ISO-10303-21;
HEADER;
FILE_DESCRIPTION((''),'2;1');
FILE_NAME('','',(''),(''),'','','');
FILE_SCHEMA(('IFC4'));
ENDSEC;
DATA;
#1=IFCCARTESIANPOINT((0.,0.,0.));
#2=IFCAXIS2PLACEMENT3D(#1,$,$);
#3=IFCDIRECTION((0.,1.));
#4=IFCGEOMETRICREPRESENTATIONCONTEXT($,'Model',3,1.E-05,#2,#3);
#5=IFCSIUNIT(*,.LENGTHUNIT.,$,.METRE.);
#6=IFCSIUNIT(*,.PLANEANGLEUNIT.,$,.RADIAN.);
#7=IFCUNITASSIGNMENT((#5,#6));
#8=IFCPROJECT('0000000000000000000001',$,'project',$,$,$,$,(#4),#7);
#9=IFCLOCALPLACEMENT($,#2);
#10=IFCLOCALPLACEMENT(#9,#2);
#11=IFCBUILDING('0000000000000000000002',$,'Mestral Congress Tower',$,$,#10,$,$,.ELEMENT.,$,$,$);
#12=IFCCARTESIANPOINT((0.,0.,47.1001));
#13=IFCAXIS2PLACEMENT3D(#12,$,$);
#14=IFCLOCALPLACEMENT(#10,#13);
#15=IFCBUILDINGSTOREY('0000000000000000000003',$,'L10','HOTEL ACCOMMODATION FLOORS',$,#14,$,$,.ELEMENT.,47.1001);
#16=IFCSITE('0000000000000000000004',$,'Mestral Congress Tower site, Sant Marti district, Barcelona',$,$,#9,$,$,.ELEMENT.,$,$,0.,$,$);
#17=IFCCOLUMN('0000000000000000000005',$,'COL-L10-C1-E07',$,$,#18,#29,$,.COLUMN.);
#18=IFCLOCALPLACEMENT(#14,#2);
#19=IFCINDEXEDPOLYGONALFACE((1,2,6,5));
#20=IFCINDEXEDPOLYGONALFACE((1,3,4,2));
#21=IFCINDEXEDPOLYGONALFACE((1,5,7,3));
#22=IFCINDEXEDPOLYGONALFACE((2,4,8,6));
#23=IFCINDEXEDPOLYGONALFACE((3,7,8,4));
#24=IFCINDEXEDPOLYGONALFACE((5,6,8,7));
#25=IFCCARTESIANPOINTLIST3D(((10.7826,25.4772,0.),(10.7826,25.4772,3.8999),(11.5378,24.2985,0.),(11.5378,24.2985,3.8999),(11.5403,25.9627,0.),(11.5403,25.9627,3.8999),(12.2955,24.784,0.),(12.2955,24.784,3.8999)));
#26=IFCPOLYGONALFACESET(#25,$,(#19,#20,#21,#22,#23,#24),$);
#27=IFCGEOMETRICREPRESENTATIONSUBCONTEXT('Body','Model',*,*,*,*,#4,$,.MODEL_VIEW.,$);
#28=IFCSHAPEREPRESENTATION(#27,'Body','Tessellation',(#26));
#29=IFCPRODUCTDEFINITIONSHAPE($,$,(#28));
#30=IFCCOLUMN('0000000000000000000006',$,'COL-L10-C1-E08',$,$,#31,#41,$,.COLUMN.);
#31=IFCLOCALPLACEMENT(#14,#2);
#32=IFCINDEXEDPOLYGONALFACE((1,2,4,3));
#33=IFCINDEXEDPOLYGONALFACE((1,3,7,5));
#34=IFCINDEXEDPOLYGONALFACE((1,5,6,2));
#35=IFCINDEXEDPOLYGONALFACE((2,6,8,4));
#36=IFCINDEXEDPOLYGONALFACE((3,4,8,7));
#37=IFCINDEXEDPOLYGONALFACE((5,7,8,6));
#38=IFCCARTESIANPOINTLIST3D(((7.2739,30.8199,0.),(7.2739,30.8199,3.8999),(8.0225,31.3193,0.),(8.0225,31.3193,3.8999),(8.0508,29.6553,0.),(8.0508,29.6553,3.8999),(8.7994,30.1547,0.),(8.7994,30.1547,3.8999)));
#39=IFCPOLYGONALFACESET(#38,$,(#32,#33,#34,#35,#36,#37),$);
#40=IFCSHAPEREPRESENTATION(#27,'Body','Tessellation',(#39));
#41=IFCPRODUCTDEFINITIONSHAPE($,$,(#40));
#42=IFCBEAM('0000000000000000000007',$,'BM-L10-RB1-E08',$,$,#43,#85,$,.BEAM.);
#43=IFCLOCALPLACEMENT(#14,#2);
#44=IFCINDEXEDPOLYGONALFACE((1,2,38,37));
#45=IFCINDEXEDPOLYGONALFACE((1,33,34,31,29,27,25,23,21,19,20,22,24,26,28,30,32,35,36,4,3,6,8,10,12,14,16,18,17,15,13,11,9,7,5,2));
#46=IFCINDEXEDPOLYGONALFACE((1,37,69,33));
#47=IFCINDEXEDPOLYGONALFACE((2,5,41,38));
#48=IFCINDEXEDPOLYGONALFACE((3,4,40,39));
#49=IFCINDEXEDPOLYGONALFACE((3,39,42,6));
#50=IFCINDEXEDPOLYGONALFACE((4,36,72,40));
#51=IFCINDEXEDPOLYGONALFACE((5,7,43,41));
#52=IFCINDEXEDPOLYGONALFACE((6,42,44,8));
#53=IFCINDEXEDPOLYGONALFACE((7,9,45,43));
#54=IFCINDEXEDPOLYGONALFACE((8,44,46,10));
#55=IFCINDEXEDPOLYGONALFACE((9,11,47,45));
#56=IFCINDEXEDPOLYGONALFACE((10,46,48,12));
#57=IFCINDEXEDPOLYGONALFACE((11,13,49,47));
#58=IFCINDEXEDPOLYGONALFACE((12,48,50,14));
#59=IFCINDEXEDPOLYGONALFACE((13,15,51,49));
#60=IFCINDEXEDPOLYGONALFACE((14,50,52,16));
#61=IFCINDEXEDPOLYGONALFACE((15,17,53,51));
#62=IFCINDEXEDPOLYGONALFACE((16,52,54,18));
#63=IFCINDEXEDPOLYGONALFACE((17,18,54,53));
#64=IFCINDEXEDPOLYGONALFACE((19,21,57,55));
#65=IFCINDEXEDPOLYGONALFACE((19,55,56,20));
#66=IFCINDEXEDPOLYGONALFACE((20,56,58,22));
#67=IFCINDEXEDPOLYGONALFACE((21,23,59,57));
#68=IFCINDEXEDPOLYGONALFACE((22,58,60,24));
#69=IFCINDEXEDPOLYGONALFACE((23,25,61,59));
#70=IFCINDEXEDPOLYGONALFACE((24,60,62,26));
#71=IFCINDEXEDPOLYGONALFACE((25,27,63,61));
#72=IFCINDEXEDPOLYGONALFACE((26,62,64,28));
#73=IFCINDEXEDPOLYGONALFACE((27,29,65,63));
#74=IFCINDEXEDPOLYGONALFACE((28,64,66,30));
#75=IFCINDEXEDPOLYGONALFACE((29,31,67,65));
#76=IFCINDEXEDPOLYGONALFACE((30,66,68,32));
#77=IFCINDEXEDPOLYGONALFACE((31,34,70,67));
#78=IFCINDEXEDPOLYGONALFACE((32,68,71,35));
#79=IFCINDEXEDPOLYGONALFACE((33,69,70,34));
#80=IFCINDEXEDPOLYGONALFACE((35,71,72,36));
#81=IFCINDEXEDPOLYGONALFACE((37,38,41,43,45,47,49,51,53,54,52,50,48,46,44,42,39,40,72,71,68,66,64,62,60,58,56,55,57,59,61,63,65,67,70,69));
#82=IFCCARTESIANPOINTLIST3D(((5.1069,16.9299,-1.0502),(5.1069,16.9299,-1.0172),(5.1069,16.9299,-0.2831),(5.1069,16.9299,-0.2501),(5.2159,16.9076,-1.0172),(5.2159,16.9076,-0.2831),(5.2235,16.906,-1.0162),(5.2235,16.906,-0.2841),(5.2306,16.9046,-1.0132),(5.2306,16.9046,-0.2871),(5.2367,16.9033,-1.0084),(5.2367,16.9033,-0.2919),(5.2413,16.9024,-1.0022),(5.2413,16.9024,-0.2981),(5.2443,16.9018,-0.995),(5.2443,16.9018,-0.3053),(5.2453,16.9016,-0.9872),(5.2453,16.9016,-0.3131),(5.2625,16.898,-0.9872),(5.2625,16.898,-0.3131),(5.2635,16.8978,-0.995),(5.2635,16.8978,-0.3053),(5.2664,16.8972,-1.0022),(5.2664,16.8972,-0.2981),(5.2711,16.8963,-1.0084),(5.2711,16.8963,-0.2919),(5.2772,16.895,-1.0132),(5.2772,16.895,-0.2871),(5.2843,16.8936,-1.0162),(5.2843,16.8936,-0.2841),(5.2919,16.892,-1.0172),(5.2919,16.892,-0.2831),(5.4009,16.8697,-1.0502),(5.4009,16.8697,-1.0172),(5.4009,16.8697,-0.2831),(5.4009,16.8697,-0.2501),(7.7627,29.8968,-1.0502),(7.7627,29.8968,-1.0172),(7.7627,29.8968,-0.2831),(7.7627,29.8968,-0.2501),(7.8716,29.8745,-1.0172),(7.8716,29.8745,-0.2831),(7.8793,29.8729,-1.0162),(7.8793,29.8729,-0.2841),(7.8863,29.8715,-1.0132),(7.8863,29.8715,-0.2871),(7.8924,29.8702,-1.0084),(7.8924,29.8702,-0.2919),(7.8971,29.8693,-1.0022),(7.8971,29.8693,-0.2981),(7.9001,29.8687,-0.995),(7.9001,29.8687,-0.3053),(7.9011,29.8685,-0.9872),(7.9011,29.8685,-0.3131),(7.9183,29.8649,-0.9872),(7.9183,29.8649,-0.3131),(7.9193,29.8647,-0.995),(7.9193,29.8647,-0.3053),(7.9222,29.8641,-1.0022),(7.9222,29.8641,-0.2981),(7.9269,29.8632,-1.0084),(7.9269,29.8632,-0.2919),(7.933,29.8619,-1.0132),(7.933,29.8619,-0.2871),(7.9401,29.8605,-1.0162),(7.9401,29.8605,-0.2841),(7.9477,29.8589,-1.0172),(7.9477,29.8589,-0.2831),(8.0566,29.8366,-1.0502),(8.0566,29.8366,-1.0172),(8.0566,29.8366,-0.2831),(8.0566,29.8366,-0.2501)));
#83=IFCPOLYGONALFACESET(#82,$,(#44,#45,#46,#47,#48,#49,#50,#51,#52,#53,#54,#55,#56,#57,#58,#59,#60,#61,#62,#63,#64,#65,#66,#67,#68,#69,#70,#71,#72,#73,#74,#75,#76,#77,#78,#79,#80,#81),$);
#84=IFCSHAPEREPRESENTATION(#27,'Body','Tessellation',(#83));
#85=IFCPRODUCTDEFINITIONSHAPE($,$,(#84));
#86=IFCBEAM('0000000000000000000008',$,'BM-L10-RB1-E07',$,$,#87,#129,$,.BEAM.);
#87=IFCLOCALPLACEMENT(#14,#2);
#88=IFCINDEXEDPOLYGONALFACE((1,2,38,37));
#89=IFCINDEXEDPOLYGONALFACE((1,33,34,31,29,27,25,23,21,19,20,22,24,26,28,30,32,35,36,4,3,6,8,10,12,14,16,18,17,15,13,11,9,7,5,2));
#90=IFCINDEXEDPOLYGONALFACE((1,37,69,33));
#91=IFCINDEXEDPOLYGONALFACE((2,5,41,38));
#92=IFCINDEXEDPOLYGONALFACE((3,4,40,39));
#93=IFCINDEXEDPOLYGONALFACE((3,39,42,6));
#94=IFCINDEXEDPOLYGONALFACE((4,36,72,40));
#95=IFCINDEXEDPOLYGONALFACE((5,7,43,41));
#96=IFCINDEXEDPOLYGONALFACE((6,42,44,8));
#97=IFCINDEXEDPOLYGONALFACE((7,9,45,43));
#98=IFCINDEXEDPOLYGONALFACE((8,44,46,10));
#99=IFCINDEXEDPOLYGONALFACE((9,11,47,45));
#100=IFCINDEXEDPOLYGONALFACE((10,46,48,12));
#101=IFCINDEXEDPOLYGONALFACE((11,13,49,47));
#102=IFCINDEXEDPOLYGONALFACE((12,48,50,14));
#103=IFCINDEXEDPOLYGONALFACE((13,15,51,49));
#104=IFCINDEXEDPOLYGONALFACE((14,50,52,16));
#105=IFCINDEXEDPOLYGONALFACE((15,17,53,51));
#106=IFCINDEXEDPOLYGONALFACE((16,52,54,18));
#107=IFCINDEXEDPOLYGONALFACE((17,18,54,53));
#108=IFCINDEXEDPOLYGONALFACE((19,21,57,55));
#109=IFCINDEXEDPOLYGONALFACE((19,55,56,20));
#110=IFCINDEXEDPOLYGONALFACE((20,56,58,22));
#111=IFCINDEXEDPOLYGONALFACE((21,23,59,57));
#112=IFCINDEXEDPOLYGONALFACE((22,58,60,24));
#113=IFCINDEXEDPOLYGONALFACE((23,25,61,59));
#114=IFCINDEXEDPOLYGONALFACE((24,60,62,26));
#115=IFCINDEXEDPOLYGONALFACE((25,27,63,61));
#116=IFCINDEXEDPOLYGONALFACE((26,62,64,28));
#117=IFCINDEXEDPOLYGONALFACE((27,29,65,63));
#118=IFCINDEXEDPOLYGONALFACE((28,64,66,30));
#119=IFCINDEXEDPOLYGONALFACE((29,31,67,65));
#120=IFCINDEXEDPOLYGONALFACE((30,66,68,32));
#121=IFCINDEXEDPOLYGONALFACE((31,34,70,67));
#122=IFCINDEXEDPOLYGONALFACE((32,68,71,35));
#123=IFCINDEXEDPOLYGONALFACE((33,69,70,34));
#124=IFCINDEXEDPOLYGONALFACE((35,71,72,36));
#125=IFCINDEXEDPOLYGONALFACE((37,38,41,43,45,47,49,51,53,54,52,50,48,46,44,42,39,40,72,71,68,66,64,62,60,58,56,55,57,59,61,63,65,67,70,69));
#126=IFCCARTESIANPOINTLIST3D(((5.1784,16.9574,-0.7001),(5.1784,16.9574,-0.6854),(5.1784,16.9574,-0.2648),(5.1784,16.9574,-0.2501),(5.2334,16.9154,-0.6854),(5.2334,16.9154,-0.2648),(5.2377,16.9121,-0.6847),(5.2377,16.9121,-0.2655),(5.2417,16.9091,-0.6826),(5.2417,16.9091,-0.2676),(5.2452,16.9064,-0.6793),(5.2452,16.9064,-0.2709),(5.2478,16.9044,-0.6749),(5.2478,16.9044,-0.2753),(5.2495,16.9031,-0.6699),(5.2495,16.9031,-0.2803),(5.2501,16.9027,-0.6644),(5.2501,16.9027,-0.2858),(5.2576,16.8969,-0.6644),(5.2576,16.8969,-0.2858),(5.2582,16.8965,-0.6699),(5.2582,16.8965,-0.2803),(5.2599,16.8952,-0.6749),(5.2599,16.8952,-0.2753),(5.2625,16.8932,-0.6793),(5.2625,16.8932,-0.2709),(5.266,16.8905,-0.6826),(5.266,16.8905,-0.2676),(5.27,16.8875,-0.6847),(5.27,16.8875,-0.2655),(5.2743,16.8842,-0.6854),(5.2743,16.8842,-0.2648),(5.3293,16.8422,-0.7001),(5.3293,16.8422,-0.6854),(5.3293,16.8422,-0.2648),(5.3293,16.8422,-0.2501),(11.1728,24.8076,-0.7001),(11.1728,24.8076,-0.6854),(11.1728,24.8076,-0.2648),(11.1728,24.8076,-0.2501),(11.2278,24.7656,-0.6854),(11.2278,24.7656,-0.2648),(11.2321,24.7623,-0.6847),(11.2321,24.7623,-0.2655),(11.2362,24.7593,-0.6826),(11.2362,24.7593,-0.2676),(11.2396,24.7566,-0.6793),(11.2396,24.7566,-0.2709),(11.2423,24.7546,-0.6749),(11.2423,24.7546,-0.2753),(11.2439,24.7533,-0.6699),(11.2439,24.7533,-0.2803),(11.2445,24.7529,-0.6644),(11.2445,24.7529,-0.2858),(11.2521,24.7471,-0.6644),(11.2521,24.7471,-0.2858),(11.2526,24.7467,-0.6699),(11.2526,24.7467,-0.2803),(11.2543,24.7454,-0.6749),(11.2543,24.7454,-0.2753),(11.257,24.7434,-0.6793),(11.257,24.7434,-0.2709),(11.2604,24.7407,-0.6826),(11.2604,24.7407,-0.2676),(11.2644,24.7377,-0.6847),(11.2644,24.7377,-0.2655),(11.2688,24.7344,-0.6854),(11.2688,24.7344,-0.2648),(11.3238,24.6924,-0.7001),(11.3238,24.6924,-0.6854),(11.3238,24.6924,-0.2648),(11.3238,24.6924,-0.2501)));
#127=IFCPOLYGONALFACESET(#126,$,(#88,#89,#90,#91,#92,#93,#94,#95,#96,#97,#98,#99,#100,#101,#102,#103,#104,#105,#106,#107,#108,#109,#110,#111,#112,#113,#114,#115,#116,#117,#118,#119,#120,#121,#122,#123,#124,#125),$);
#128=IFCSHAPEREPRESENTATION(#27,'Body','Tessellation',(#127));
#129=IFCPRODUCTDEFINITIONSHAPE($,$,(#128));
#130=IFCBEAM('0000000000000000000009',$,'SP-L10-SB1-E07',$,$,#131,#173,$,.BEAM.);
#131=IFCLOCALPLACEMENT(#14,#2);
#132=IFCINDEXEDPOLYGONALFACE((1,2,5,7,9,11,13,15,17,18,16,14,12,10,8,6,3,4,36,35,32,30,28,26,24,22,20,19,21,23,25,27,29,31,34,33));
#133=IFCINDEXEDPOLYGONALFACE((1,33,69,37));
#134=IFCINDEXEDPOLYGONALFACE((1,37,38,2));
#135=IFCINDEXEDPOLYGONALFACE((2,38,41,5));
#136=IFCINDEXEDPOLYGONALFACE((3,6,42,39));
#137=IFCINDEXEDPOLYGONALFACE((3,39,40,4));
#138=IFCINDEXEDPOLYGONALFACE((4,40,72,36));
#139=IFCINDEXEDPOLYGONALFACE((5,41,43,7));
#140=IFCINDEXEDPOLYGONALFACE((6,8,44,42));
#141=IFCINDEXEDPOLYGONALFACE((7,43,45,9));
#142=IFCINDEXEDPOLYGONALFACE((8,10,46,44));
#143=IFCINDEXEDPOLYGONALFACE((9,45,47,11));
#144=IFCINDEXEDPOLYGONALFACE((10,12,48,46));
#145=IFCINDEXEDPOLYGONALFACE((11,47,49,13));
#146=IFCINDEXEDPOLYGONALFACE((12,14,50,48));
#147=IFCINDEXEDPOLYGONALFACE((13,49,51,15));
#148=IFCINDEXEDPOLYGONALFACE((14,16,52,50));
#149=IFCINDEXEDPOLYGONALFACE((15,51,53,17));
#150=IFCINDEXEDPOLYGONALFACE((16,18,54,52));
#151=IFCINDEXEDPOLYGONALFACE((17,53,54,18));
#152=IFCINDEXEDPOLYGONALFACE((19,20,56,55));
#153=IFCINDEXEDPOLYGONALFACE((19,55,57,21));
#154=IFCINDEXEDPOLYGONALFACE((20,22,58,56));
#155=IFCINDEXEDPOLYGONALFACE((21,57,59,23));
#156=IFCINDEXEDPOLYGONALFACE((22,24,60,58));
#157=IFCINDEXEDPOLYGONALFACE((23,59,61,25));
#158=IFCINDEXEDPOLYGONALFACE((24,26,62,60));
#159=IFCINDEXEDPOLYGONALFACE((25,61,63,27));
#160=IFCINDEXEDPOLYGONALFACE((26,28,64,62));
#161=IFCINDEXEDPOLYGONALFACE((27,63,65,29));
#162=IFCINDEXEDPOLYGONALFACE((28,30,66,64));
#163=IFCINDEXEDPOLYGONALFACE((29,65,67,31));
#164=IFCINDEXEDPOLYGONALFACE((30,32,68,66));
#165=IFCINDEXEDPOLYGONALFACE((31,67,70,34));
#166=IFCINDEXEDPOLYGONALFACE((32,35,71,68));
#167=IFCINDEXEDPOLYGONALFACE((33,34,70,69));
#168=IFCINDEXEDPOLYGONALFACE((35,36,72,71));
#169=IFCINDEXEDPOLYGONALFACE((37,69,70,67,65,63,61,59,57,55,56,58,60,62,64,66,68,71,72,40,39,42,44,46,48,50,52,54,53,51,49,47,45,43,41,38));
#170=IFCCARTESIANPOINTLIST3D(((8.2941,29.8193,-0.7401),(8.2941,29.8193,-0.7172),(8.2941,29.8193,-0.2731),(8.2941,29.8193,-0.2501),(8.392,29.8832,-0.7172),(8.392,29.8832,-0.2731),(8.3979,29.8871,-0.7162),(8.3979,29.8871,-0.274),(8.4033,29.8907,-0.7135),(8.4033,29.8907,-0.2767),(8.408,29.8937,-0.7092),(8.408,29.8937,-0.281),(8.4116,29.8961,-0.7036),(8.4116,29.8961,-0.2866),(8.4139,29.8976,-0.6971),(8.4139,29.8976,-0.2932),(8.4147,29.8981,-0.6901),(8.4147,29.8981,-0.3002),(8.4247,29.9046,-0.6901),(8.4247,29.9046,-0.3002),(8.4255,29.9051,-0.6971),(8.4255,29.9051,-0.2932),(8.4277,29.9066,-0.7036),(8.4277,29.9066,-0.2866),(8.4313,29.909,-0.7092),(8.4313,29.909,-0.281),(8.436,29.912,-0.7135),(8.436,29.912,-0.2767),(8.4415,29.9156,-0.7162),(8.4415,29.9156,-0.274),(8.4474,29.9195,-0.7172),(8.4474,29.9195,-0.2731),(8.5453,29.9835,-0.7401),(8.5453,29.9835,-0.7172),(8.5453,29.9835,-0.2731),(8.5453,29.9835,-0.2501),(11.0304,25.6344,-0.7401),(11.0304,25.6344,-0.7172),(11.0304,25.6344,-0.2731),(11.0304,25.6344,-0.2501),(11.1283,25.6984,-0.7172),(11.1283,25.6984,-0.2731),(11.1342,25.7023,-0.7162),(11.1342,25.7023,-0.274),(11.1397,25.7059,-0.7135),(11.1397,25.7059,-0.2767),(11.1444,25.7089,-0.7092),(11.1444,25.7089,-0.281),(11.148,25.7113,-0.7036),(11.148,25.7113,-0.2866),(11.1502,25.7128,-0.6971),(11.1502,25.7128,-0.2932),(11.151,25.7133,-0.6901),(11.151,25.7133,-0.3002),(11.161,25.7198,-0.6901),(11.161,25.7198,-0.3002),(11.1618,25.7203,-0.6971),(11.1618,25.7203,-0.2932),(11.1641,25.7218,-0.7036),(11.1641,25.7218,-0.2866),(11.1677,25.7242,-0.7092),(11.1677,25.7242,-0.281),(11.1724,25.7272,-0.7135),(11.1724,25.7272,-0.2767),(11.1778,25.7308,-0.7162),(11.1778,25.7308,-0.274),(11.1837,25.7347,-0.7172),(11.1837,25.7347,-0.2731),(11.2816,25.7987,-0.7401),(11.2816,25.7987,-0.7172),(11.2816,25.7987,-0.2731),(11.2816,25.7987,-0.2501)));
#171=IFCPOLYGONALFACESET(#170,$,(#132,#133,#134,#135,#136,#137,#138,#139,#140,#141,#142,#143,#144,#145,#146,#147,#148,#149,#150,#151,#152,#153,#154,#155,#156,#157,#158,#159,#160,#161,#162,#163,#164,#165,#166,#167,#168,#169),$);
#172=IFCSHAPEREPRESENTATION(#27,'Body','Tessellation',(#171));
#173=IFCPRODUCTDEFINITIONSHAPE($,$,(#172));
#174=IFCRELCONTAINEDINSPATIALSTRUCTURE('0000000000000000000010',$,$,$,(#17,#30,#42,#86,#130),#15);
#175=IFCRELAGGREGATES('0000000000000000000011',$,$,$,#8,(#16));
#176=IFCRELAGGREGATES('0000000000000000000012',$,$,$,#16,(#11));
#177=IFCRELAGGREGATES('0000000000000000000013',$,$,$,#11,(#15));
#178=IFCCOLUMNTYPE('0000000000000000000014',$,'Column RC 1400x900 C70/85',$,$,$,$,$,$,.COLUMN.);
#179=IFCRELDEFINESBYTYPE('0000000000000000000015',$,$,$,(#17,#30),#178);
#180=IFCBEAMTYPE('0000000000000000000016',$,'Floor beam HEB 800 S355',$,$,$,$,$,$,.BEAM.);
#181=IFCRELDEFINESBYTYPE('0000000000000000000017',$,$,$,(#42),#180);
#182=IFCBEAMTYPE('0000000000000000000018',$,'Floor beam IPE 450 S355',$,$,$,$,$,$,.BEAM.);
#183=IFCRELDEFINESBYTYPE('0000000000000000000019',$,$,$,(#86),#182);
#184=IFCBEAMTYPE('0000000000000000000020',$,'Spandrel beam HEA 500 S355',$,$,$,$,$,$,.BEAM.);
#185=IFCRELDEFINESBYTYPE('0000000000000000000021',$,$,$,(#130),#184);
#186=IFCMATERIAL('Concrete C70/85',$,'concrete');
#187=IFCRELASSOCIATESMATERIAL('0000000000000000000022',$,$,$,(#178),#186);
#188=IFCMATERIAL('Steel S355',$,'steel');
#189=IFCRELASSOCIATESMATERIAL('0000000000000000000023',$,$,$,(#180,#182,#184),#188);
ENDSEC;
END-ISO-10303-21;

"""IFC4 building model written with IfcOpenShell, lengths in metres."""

from ifc_helpers import new_model, si_unit, direction, frame, origin, origin_2d, place, context, subcontext, project, spatial, rectangle, i_section, extrude, material, material_profile, profile_set, type_object, element, save


model = new_model("IFC4")

# Units and contexts
model_context = context("Model", 3, precision=1e-05, world=origin(), true_north=direction((0.0, 1.0)))
body_context = subcontext(model_context, "Body", "Model", "MODEL_VIEW")
ifc_project = project(units=[si_unit("LENGTHUNIT", "METRE"), si_unit("PLANEANGLEUNIT", "RADIAN")], contexts=[model_context])

# Site, building, storey
site_placement = place(None, origin())
site = spatial("IfcSite", under=ifc_project, at=site_placement, Name="Mestral Congress Tower site, Sant Marti district, Barcelona", CompositionType="ELEMENT", RefElevation=0.0)
building_placement = place(site_placement, origin())
building = spatial("IfcBuilding", under=site, at=building_placement, Name="Mestral Congress Tower", CompositionType="ELEMENT")
storey_placement = place(building_placement, frame((0.0, 0.0, 47.1001)))
storey = spatial("IfcBuildingStorey", under=building, at=storey_placement, Name="L10", Description="HOTEL ACCOMMODATION FLOORS", CompositionType="ELEMENT", Elevation=47.1001)

# Columns
ifc_material_1 = material(Name="Concrete C70/85", Category="concrete")
ifc_material_profile_1 = material_profile(ifc_material_1, rectangle(XDim=1.3999, YDim=0.8999, at=origin_2d()), Name="RC 1400x900")
ifc_profile_set_1 = profile_set([ifc_material_profile_1], Name="Concrete C70/85")
column_type = type_object("IfcColumnType", Name="Column RC 1400x900 C70/85", PredefinedType="COLUMN", material=ifc_profile_set_1)
for number, where, z_axis, x_axis, name in (
    (1, (11.5391, 25.1306, 0.0), (0.0, 0.0, 1.0), (-0.539476, 0.842001, 0.0), "COL-L10-C1-E07"),
    (2, (8.0366, 30.4873, 0.0), (0.0, 0.0, 1.0), (-0.554949, 0.831884, 0.0), "COL-L10-C1-E08"),
):
    element("IfcColumn", number, at=place(storey_placement, frame(where, z_axis=z_axis, x_axis=x_axis)), inside=storey, type_object=column_type, Name=name, PredefinedType="COLUMN", context=body_context, shape_type="SweptSolid", body=[
        extrude(rectangle(XDim=1.3999, YDim=0.8999, at=origin_2d()), origin(), (0.0, 0.0, 1.0), 3.8999),
    ])

# Beams
ifc_material_2 = material(Name="Steel S355", Category="steel")
ifc_material_profile_2 = material_profile(ifc_material_2, i_section(OverallWidth=0.3, OverallDepth=0.8, WebThickness=0.0176, FlangeThickness=0.033, FilletRadius=0.03, at=origin_2d()), Name="HEB 800")
ifc_profile_set_2 = profile_set([ifc_material_profile_2], Name="Steel S355")
beam_type_1 = type_object("IfcBeamType", Name="Floor beam HEB 800 S355", PredefinedType="BEAM", material=ifc_profile_set_2)
beam_1_placement = place(storey_placement, frame((7.9097, 29.8667, -0.6501), z_axis=(-0.200647, -0.979664, 0.0), x_axis=(0.979664, -0.200647, 0.0)))
element("IfcBeam", 3, at=beam_1_placement, inside=storey, type_object=beam_type_1, Name="BM-L10-RB1-E08", PredefinedType="BEAM", context=body_context, shape_type="SweptSolid", body=[
    extrude(i_section(OverallWidth=0.3, OverallDepth=0.8, WebThickness=0.0176, FlangeThickness=0.033, FilletRadius=0.03, at=origin_2d()), origin(), (0.0, 0.0, 1.0), 13.2361),
])
ifc_material_profile_3 = material_profile(ifc_material_2, i_section(OverallWidth=0.1899, OverallDepth=0.45, WebThickness=0.0095, FlangeThickness=0.0146, FilletRadius=0.021, at=origin_2d()), Name="IPE 450")
ifc_profile_set_3 = profile_set([ifc_material_profile_3], Name="Steel S355")
beam_type_2 = type_object("IfcBeamType", Name="Floor beam IPE 450 S355", PredefinedType="BEAM", material=ifc_profile_set_3)
beam_2_placement = place(storey_placement, frame((11.2483, 24.75, -0.4751), z_axis=(-0.606899, -0.794779, 0.0), x_axis=(0.794779, -0.606899, 0.0)))
element("IfcBeam", 4, at=beam_2_placement, inside=storey, type_object=beam_type_2, Name="BM-L10-RB1-E07", PredefinedType="BEAM", context=body_context, shape_type="SweptSolid", body=[
    extrude(i_section(OverallWidth=0.1899, OverallDepth=0.45, WebThickness=0.0095, FlangeThickness=0.0146, FilletRadius=0.021, at=origin_2d()), origin(), (0.0, 0.0, 1.0), 9.8772),
])
ifc_material_profile_4 = material_profile(ifc_material_2, i_section(OverallWidth=0.3, OverallDepth=0.49, WebThickness=0.012, FlangeThickness=0.0229, FilletRadius=0.0271, at=origin_2d()), Name="HEA 500")
ifc_profile_set_4 = profile_set([ifc_material_profile_4], Name="Steel S355")
beam_type_3 = type_object("IfcBeamType", Name="Spandrel beam HEA 500 S355", PredefinedType="BEAM", material=ifc_profile_set_4)
beam_3_placement = place(storey_placement, frame((11.156, 25.7166, -0.4951), z_axis=(-0.547264, 0.83696, 0.0), x_axis=(-0.83696, -0.547264, 0.0)))
element("IfcBeam", 5, at=beam_3_placement, inside=storey, type_object=beam_type_3, Name="SP-L10-SB1-E07", PredefinedType="BEAM", context=body_context, shape_type="SweptSolid", body=[
    extrude(i_section(OverallWidth=0.3, OverallDepth=0.49, WebThickness=0.012, FlangeThickness=0.0229, FilletRadius=0.0271, at=origin_2d()), origin(), (0.0, 0.0, 1.0), 5.0),
])

save(model, "model.ifc")
